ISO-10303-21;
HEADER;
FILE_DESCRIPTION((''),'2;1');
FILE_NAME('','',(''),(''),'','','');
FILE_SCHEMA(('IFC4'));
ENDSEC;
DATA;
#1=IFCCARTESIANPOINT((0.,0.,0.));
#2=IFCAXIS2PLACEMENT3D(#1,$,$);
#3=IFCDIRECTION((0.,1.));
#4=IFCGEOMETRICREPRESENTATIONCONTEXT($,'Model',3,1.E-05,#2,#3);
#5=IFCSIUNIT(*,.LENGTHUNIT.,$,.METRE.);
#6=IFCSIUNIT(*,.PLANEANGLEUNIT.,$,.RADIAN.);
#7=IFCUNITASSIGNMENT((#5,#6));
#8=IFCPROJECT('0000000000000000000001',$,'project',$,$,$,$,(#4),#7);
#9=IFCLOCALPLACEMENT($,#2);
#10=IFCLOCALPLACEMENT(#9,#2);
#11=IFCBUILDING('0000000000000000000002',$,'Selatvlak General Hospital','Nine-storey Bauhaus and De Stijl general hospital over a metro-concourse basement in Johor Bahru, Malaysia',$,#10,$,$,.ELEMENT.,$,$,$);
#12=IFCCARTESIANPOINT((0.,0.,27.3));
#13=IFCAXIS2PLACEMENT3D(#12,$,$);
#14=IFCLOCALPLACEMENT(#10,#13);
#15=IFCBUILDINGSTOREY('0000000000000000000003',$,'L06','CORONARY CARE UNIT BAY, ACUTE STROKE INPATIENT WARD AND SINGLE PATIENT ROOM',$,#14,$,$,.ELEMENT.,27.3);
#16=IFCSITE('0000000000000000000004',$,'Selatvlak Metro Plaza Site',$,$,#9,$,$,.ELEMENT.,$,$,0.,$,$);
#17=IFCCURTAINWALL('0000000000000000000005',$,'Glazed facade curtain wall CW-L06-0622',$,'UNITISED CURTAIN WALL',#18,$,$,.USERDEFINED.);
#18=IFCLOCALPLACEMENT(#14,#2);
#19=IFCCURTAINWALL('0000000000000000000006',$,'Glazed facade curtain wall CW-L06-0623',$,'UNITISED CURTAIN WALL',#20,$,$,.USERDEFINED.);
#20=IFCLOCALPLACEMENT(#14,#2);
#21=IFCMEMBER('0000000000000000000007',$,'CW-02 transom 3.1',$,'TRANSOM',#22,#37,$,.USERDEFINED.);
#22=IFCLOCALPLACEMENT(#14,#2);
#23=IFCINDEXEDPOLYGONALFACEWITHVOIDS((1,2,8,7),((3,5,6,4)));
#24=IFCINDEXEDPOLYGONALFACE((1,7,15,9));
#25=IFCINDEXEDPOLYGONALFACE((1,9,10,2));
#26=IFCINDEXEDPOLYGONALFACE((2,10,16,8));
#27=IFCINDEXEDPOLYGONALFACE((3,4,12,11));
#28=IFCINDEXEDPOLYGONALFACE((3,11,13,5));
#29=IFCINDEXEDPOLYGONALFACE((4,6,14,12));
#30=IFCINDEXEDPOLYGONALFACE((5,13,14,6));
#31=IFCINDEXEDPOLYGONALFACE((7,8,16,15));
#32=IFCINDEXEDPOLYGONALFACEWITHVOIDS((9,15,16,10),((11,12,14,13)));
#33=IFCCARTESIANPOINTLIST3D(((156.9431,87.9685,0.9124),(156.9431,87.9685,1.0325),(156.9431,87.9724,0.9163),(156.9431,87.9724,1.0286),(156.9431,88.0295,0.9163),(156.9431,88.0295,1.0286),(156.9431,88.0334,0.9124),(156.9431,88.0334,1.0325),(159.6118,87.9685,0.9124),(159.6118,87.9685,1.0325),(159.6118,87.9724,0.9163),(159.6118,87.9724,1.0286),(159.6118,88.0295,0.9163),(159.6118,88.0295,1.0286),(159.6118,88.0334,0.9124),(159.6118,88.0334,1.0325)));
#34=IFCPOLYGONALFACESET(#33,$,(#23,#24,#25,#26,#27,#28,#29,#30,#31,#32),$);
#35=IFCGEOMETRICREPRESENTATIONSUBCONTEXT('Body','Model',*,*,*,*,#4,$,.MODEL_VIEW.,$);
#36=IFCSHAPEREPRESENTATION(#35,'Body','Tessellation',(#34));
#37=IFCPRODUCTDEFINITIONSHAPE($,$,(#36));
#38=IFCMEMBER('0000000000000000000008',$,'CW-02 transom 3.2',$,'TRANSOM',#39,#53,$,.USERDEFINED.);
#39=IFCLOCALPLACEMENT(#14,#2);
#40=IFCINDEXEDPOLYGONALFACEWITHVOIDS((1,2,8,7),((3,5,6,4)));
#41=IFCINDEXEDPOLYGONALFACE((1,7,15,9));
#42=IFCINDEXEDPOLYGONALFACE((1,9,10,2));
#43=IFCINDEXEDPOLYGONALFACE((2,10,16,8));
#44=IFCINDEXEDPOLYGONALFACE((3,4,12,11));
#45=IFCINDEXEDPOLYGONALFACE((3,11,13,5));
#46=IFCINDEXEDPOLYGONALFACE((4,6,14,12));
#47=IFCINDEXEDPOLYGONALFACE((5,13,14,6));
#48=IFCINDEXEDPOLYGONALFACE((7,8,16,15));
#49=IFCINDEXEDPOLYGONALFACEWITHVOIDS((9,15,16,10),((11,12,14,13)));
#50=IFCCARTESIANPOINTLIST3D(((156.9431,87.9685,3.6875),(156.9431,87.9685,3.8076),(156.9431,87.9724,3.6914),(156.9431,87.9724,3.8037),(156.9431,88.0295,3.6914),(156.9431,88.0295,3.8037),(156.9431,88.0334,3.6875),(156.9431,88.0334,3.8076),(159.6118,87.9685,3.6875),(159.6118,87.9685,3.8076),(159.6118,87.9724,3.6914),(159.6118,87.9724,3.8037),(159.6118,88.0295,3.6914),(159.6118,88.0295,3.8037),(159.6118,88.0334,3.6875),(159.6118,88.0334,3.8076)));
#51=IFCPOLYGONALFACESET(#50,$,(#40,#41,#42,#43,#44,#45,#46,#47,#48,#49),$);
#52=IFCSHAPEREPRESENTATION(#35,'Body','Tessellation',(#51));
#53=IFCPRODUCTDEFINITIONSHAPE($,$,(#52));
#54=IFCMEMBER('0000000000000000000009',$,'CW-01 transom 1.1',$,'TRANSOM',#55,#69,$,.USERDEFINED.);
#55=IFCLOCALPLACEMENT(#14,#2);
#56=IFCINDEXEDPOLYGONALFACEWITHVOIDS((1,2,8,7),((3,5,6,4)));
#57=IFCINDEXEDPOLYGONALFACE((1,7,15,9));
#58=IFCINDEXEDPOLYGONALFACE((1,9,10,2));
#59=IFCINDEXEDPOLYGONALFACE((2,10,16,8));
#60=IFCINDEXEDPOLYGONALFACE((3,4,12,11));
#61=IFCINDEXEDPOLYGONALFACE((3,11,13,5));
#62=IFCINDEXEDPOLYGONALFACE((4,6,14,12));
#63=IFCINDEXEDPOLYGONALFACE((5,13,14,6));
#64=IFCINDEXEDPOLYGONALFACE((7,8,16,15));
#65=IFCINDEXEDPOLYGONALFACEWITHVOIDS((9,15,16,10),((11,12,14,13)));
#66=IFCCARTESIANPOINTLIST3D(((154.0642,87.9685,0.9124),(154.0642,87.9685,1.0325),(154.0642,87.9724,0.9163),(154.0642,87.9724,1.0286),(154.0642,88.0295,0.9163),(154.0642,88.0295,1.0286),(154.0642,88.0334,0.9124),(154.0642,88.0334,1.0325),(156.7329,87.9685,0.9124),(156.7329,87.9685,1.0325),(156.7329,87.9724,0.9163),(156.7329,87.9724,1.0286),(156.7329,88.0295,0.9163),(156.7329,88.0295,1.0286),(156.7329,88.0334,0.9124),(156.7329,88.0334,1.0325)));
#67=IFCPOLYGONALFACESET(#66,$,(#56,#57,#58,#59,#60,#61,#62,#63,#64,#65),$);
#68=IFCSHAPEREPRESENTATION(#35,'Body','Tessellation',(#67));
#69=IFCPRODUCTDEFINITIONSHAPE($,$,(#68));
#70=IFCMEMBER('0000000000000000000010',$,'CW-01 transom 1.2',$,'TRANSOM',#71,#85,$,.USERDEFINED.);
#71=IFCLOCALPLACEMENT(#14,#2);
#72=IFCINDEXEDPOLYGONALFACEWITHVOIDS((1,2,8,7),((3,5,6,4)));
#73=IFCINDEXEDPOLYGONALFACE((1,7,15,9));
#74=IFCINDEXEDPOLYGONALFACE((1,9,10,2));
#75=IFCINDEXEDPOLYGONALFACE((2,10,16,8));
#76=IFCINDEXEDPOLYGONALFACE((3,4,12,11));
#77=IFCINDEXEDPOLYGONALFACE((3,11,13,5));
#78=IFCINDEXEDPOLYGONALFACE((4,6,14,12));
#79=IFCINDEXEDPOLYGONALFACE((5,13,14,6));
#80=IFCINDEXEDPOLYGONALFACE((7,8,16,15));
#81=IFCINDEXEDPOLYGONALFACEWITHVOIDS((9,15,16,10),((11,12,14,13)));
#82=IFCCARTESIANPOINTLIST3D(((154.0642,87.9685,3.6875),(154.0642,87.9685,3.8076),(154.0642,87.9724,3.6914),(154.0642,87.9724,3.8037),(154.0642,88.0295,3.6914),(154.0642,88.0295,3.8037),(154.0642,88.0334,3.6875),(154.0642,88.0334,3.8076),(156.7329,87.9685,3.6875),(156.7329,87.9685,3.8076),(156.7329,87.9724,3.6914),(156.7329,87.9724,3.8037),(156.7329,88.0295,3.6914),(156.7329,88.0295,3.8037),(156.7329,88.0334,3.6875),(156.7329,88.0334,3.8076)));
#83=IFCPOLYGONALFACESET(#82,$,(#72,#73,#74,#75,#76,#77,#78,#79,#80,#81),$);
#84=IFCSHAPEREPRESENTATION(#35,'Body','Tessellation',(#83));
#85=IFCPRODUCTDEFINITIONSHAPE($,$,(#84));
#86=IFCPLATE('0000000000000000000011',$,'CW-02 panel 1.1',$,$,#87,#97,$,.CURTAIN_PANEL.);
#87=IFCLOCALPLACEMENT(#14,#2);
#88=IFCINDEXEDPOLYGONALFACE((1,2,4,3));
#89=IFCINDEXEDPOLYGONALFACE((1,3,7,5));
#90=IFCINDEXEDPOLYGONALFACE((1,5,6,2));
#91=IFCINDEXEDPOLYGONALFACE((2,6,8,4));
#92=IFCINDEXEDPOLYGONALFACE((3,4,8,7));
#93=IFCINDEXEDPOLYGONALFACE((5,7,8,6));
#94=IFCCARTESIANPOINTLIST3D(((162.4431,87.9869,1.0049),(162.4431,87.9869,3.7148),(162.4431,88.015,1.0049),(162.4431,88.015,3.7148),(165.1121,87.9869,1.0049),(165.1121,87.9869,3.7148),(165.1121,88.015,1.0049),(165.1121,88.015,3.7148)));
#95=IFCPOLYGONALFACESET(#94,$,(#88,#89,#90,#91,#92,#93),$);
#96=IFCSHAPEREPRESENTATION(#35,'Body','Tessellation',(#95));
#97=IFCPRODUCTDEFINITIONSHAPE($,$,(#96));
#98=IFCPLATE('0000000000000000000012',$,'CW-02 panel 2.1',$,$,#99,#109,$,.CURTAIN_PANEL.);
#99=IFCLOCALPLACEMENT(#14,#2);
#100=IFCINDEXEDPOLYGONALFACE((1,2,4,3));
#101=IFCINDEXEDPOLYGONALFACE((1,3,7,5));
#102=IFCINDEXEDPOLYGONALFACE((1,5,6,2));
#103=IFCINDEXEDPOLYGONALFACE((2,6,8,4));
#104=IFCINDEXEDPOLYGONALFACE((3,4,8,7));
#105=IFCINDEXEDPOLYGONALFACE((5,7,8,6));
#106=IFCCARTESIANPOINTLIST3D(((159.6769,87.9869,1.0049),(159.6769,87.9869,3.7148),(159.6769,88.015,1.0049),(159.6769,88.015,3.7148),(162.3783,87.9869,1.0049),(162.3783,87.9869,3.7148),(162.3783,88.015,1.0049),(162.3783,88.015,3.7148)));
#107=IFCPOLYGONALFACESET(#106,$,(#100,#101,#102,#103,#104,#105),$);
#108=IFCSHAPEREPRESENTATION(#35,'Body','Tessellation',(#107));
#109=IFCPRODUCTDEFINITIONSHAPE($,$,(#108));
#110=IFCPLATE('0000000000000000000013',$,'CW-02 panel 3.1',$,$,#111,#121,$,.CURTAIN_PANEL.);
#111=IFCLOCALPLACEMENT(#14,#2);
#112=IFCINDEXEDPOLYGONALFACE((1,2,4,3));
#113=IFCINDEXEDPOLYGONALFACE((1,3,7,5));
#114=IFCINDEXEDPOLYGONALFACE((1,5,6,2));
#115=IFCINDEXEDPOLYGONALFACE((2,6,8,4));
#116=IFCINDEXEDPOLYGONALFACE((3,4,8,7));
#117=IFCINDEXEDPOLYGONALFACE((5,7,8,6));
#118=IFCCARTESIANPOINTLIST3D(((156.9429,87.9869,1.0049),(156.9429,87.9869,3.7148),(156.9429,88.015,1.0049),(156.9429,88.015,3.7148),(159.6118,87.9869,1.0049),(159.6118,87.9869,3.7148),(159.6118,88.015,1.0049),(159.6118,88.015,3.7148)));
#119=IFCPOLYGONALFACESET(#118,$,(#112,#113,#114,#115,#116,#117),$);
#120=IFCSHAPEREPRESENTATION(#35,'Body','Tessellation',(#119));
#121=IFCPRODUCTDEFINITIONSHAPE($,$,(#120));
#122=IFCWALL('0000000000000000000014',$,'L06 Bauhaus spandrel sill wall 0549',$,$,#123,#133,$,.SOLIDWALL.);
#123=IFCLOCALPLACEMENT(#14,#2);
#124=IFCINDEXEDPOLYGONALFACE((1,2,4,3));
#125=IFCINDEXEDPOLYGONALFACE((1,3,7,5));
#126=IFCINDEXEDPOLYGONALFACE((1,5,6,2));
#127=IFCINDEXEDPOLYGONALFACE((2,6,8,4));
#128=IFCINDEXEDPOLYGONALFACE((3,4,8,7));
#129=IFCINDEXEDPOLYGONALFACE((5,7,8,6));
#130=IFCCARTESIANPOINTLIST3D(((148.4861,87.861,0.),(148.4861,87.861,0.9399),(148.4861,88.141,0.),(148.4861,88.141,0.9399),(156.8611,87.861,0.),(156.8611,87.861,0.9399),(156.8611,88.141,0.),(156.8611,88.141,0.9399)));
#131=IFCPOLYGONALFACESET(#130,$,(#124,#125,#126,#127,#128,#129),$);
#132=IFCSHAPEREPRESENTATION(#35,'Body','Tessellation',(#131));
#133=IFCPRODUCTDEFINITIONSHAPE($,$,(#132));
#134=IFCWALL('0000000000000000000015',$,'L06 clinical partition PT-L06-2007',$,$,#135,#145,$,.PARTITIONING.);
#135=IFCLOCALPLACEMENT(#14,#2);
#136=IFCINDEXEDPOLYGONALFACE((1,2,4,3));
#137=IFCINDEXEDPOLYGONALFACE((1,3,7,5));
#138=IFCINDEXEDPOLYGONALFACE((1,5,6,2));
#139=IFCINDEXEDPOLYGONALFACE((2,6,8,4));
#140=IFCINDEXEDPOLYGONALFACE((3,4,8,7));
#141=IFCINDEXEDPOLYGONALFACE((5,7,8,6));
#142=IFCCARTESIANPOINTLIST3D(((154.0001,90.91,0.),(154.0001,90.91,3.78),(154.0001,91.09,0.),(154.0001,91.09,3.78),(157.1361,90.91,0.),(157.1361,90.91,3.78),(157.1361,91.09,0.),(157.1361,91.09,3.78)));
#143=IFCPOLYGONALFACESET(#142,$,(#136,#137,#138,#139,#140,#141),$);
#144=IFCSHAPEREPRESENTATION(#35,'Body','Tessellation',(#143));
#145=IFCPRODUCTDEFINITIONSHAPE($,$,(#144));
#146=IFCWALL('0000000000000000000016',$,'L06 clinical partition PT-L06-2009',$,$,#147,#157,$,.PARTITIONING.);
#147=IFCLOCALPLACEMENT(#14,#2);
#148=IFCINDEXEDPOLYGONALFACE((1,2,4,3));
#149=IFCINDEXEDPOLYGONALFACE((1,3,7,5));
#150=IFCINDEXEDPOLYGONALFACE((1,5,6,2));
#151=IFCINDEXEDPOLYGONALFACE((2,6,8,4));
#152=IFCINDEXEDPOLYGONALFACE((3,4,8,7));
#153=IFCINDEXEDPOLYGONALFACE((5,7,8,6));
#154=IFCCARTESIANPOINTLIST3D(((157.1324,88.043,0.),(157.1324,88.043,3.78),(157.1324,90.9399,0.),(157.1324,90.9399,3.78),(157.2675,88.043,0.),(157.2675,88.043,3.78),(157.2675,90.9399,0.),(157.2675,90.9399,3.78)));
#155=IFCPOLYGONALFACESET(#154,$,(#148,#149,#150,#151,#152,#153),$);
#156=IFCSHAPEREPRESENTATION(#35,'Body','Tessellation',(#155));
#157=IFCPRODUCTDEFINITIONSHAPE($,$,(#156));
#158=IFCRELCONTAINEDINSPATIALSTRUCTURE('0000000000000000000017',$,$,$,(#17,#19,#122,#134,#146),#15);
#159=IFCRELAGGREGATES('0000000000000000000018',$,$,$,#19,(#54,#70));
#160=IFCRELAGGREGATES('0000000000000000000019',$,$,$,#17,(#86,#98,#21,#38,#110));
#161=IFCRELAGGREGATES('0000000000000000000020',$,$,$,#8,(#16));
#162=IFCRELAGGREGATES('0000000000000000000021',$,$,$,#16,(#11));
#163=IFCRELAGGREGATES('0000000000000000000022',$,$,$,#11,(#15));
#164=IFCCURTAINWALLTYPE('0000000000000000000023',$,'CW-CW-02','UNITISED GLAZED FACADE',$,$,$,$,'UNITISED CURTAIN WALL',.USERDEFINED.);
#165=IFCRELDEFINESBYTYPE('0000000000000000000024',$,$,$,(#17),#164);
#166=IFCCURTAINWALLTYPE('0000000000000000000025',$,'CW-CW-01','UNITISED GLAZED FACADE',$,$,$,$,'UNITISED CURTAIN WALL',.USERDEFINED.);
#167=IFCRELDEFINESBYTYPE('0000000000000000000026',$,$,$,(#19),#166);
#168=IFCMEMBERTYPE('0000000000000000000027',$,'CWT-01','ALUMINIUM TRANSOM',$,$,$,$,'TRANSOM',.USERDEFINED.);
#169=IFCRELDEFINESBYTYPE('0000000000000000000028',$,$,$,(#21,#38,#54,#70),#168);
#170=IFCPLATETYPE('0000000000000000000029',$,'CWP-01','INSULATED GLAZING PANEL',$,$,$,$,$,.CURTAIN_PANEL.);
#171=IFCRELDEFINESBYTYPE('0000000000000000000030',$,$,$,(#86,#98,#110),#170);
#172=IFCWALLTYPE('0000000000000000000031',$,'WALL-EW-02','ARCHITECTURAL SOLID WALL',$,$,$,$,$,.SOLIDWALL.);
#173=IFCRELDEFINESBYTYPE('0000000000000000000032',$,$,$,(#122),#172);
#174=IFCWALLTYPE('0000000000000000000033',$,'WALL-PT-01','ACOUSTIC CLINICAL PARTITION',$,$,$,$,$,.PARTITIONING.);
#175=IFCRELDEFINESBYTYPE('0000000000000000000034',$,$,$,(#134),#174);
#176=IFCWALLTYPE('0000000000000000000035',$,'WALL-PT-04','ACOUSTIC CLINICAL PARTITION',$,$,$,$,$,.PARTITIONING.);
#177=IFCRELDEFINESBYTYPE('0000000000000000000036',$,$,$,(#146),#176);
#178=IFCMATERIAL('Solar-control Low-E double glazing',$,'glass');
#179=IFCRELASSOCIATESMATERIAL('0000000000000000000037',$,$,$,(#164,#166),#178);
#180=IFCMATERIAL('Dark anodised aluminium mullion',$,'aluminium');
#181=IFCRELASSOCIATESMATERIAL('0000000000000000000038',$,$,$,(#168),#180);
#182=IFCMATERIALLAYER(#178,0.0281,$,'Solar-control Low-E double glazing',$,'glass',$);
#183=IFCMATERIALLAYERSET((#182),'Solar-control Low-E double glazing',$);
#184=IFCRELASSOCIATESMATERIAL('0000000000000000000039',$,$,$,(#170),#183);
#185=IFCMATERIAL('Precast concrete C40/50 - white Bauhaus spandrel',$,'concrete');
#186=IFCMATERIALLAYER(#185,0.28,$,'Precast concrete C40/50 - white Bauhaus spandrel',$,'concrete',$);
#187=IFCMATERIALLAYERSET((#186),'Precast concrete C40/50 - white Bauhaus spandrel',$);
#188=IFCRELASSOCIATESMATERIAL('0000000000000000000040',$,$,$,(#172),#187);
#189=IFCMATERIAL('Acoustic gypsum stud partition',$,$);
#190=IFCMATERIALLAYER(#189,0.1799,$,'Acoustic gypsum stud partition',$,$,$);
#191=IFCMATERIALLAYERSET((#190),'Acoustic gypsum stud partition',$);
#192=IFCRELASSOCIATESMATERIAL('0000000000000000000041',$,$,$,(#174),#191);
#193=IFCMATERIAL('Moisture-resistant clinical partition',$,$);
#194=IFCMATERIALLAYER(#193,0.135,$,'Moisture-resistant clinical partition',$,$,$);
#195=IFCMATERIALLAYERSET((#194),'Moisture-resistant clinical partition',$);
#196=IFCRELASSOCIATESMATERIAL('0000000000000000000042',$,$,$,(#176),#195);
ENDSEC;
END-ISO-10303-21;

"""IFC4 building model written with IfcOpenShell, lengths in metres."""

from ifc_helpers import new_model, si_unit, direction, frame, frame_2d, origin, origin_2d, place, context, subcontext, project, spatial, rectangle, hollow_rectangle, extrude, material, layer, layer_set, material_profile, profile_set, type_object, element, aggregate, save


model = new_model("IFC4")

# Units and contexts
model_context = context("Model", 3, precision=1e-05, world=origin(), true_north=direction((0.0, 1.0)))
body_context = subcontext(model_context, "Body", "Model", "MODEL_VIEW")
ifc_project = project(units=[si_unit("LENGTHUNIT", "METRE"), si_unit("PLANEANGLEUNIT", "RADIAN")], contexts=[model_context])

# Site, building, storey
site_placement = place(None, origin())
site = spatial("IfcSite", under=ifc_project, at=site_placement, Name="Selatvlak Metro Plaza Site", CompositionType="ELEMENT", RefElevation=0.0)
building_placement = place(site_placement, origin())
building = spatial("IfcBuilding", under=site, at=building_placement, Name="Selatvlak General Hospital", Description="Nine-storey Bauhaus and De Stijl general hospital over a metro-concourse basement in Johor Bahru, Malaysia", CompositionType="ELEMENT")
storey_placement = place(building_placement, frame((0.0, 0.0, 27.3)))
storey = spatial("IfcBuildingStorey", under=building, at=storey_placement, Name="L06", Description="CORONARY CARE UNIT BAY, ACUTE STROKE INPATIENT WARD AND SINGLE PATIENT ROOM", CompositionType="ELEMENT", Elevation=27.3)

# Curtain wall
ifc_material_1 = material(Name="Solar-control Low-E double glazing", Category="glass")
curtain_wall_type_1 = type_object("IfcCurtainWallType", Name="CW-CW-02", Description="UNITISED GLAZED FACADE", ElementType="UNITISED CURTAIN WALL", PredefinedType="USERDEFINED", material=ifc_material_1)
curtain_wall_1_placement = place(storey_placement, origin())
curtain_wall_1 = element("IfcCurtainWall", 1, at=curtain_wall_1_placement, inside=storey, type_object=curtain_wall_type_1, Name="Glazed facade curtain wall CW-L06-0622", ObjectType="UNITISED CURTAIN WALL", PredefinedType="USERDEFINED")
ifc_material_2 = material(Name="Dark anodised aluminium mullion", Category="aluminium")

# Curtain wall
curtain_wall_type_2 = type_object("IfcCurtainWallType", Name="CW-CW-01", Description="UNITISED GLAZED FACADE", ElementType="UNITISED CURTAIN WALL", PredefinedType="USERDEFINED", material=ifc_material_1)
curtain_wall_2_placement = place(storey_placement, origin())
curtain_wall_2 = element("IfcCurtainWall", 2, at=curtain_wall_2_placement, inside=storey, type_object=curtain_wall_type_2, Name="Glazed facade curtain wall CW-L06-0623", ObjectType="UNITISED CURTAIN WALL", PredefinedType="USERDEFINED")

# Members
ifc_material_profile_1 = material_profile(ifc_material_2, hollow_rectangle(XDim=0.0649, YDim=0.1201, WallThickness=0.0039, at=origin_2d()), Name="AL-TRN 65x120x4")
ifc_profile_set_1 = profile_set([ifc_material_profile_1], Name="Dark anodised aluminium mullion")
member_type_1 = type_object("IfcMemberType", Name="CWT-01", Description="ALUMINIUM TRANSOM", ElementType="TRANSOM", PredefinedType="USERDEFINED", material=ifc_profile_set_1)
member_1_placement = place(storey_placement, frame((159.6118, 88.001, 0.9724), z_axis=(-1.0, 0.0, 0.0), x_axis=(0.0, -1.0, 0.0)))
member_1 = element("IfcMember", 3, at=member_1_placement, type_object=member_type_1, Name="CW-02 transom 3.1", ObjectType="TRANSOM", PredefinedType="USERDEFINED", context=body_context, shape_type="SweptSolid", body=[
    extrude(hollow_rectangle(XDim=0.0649, YDim=0.1201, WallThickness=0.0039, at=origin_2d()), origin(), (0.0, 0.0, 1.0), 2.6687),
])
member_2_placement = place(storey_placement, frame((159.6118, 88.001, 3.7476), z_axis=(-1.0, 0.0, 0.0), x_axis=(0.0, -1.0, 0.0)))
member_2 = element("IfcMember", 4, at=member_2_placement, type_object=member_type_1, Name="CW-02 transom 3.2", ObjectType="TRANSOM", PredefinedType="USERDEFINED", context=body_context, shape_type="SweptSolid", body=[
    extrude(hollow_rectangle(XDim=0.0649, YDim=0.1201, WallThickness=0.0039, at=origin_2d()), origin(), (0.0, 0.0, 1.0), 2.6687),
])
member_3_placement = place(storey_placement, frame((156.7329, 88.001, 0.9724), z_axis=(-1.0, 0.0, 0.0), x_axis=(0.0, -1.0, 0.0)))
member_3 = element("IfcMember", 5, at=member_3_placement, type_object=member_type_1, Name="CW-01 transom 1.1", ObjectType="TRANSOM", PredefinedType="USERDEFINED", context=body_context, shape_type="SweptSolid", body=[
    extrude(hollow_rectangle(XDim=0.0649, YDim=0.1201, WallThickness=0.0039, at=origin_2d()), origin(), (0.0, 0.0, 1.0), 2.6687),
])
member_4_placement = place(storey_placement, frame((156.7329, 88.001, 3.7476), z_axis=(-1.0, 0.0, 0.0), x_axis=(0.0, -1.0, 0.0)))
member_4 = element("IfcMember", 6, at=member_4_placement, type_object=member_type_1, Name="CW-01 transom 1.2", ObjectType="TRANSOM", PredefinedType="USERDEFINED", context=body_context, shape_type="SweptSolid", body=[
    extrude(hollow_rectangle(XDim=0.0649, YDim=0.1201, WallThickness=0.0039, at=origin_2d()), origin(), (0.0, 0.0, 1.0), 2.6687),
])
aggregate(curtain_wall_2, [member_3, member_4])

# Plates
ifc_layer_1 = layer(ifc_material_1, 0.0281, Name="Solar-control Low-E double glazing", Category="glass")
ifc_layer_set_1 = layer_set([ifc_layer_1], Name="Solar-control Low-E double glazing")
plate_type = type_object("IfcPlateType", Name="CWP-01", Description="INSULATED GLAZING PANEL", PredefinedType="CURTAIN_PANEL", material=ifc_layer_set_1)
plate_1_placement = place(storey_placement, frame((163.7776, 88.001, 1.0049), z_axis=(0.0, 0.0, 1.0), x_axis=(-1.0, 0.0, 0.0)))
plate_1 = element("IfcPlate", 7, at=plate_1_placement, type_object=plate_type, Name="CW-02 panel 1.1", PredefinedType="CURTAIN_PANEL", context=body_context, shape_type="SweptSolid", body=[
    extrude(rectangle(XDim=2.6689, YDim=0.0281, at=origin_2d()), origin(), (0.0, 0.0, 1.0), 2.71),
])
plate_2_placement = place(storey_placement, frame((161.0276, 88.001, 1.0049), z_axis=(0.0, 0.0, 1.0), x_axis=(-1.0, 0.0, 0.0)))
plate_2 = element("IfcPlate", 8, at=plate_2_placement, type_object=plate_type, Name="CW-02 panel 2.1", PredefinedType="CURTAIN_PANEL", context=body_context, shape_type="SweptSolid", body=[
    extrude(rectangle(XDim=2.7014, YDim=0.0281, at=origin_2d()), origin(), (0.0, 0.0, 1.0), 2.71),
])
plate_3_placement = place(storey_placement, frame((158.2773, 88.001, 1.0049), z_axis=(0.0, 0.0, 1.0), x_axis=(-1.0, 0.0, 0.0)))
plate_3 = element("IfcPlate", 9, at=plate_3_placement, type_object=plate_type, Name="CW-02 panel 3.1", PredefinedType="CURTAIN_PANEL", context=body_context, shape_type="SweptSolid", body=[
    extrude(rectangle(XDim=2.6689, YDim=0.0281, at=origin_2d()), origin(), (0.0, 0.0, 1.0), 2.71),
])
aggregate(curtain_wall_1, [plate_1, plate_2, member_1, member_2, plate_3])

# Walls
ifc_material_3 = material(Name="Precast concrete C40/50 - white Bauhaus spandrel", Category="concrete")
ifc_layer_2 = layer(ifc_material_3, 0.28, Name="Precast concrete C40/50 - white Bauhaus spandrel", Category="concrete")
ifc_layer_set_2 = layer_set([ifc_layer_2], Name="Precast concrete C40/50 - white Bauhaus spandrel")
wall_type_1 = type_object("IfcWallType", Name="WALL-EW-02", Description="ARCHITECTURAL SOLID WALL", PredefinedType="SOLIDWALL", material=ifc_layer_set_2)
wall_1_placement = place(storey_placement, frame((156.8611, 88.001, 0.0), z_axis=(0.0, 0.0, 1.0), x_axis=(-1.0, 0.0, 0.0)))
element("IfcWall", 10, at=wall_1_placement, inside=storey, type_object=wall_type_1, Name="L06 Bauhaus spandrel sill wall 0549", PredefinedType="SOLIDWALL", context=body_context, shape_type="SweptSolid", body=[
    extrude(rectangle(XDim=8.375, YDim=0.28, at=frame_2d((4.1875, 0.0))), origin(), (0.0, 0.0, 1.0), 0.9399),
])
ifc_material_4 = material(Name="Acoustic gypsum stud partition")
ifc_layer_3 = layer(ifc_material_4, 0.1799, Name="Acoustic gypsum stud partition")
ifc_layer_set_3 = layer_set([ifc_layer_3], Name="Acoustic gypsum stud partition")
wall_type_2 = type_object("IfcWallType", Name="WALL-PT-01", Description="ACOUSTIC CLINICAL PARTITION", PredefinedType="PARTITIONING", material=ifc_layer_set_3)
wall_2_placement = place(storey_placement, frame((157.136, 91.0, 0.0), z_axis=(0.0, 0.0, 1.0), x_axis=(-1.0, 0.0, 0.0)))
element("IfcWall", 11, at=wall_2_placement, inside=storey, type_object=wall_type_2, Name="L06 clinical partition PT-L06-2007", PredefinedType="PARTITIONING", context=body_context, shape_type="SweptSolid", body=[
    extrude(rectangle(XDim=3.136, YDim=0.1799, at=frame_2d((1.5679, 0.0))), origin(), (0.0, 0.0, 1.0), 3.78),
])
ifc_material_5 = material(Name="Moisture-resistant clinical partition")
ifc_layer_4 = layer(ifc_material_5, 0.135, Name="Moisture-resistant clinical partition")
ifc_layer_set_4 = layer_set([ifc_layer_4], Name="Moisture-resistant clinical partition")
wall_type_3 = type_object("IfcWallType", Name="WALL-PT-04", Description="ACOUSTIC CLINICAL PARTITION", PredefinedType="PARTITIONING", material=ifc_layer_set_4)
wall_3_placement = place(storey_placement, frame((157.2, 90.9399, 0.0), z_axis=(0.0, 0.0, 1.0), x_axis=(0.0, -1.0, 0.0)))
element("IfcWall", 12, at=wall_3_placement, inside=storey, type_object=wall_type_3, Name="L06 clinical partition PT-L06-2009", PredefinedType="PARTITIONING", context=body_context, shape_type="SweptSolid", body=[
    extrude(rectangle(XDim=2.897, YDim=0.135, at=frame_2d((1.4485, 0.0))), origin(), (0.0, 0.0, 1.0), 3.78),
])

save(model, "model.ifc")
